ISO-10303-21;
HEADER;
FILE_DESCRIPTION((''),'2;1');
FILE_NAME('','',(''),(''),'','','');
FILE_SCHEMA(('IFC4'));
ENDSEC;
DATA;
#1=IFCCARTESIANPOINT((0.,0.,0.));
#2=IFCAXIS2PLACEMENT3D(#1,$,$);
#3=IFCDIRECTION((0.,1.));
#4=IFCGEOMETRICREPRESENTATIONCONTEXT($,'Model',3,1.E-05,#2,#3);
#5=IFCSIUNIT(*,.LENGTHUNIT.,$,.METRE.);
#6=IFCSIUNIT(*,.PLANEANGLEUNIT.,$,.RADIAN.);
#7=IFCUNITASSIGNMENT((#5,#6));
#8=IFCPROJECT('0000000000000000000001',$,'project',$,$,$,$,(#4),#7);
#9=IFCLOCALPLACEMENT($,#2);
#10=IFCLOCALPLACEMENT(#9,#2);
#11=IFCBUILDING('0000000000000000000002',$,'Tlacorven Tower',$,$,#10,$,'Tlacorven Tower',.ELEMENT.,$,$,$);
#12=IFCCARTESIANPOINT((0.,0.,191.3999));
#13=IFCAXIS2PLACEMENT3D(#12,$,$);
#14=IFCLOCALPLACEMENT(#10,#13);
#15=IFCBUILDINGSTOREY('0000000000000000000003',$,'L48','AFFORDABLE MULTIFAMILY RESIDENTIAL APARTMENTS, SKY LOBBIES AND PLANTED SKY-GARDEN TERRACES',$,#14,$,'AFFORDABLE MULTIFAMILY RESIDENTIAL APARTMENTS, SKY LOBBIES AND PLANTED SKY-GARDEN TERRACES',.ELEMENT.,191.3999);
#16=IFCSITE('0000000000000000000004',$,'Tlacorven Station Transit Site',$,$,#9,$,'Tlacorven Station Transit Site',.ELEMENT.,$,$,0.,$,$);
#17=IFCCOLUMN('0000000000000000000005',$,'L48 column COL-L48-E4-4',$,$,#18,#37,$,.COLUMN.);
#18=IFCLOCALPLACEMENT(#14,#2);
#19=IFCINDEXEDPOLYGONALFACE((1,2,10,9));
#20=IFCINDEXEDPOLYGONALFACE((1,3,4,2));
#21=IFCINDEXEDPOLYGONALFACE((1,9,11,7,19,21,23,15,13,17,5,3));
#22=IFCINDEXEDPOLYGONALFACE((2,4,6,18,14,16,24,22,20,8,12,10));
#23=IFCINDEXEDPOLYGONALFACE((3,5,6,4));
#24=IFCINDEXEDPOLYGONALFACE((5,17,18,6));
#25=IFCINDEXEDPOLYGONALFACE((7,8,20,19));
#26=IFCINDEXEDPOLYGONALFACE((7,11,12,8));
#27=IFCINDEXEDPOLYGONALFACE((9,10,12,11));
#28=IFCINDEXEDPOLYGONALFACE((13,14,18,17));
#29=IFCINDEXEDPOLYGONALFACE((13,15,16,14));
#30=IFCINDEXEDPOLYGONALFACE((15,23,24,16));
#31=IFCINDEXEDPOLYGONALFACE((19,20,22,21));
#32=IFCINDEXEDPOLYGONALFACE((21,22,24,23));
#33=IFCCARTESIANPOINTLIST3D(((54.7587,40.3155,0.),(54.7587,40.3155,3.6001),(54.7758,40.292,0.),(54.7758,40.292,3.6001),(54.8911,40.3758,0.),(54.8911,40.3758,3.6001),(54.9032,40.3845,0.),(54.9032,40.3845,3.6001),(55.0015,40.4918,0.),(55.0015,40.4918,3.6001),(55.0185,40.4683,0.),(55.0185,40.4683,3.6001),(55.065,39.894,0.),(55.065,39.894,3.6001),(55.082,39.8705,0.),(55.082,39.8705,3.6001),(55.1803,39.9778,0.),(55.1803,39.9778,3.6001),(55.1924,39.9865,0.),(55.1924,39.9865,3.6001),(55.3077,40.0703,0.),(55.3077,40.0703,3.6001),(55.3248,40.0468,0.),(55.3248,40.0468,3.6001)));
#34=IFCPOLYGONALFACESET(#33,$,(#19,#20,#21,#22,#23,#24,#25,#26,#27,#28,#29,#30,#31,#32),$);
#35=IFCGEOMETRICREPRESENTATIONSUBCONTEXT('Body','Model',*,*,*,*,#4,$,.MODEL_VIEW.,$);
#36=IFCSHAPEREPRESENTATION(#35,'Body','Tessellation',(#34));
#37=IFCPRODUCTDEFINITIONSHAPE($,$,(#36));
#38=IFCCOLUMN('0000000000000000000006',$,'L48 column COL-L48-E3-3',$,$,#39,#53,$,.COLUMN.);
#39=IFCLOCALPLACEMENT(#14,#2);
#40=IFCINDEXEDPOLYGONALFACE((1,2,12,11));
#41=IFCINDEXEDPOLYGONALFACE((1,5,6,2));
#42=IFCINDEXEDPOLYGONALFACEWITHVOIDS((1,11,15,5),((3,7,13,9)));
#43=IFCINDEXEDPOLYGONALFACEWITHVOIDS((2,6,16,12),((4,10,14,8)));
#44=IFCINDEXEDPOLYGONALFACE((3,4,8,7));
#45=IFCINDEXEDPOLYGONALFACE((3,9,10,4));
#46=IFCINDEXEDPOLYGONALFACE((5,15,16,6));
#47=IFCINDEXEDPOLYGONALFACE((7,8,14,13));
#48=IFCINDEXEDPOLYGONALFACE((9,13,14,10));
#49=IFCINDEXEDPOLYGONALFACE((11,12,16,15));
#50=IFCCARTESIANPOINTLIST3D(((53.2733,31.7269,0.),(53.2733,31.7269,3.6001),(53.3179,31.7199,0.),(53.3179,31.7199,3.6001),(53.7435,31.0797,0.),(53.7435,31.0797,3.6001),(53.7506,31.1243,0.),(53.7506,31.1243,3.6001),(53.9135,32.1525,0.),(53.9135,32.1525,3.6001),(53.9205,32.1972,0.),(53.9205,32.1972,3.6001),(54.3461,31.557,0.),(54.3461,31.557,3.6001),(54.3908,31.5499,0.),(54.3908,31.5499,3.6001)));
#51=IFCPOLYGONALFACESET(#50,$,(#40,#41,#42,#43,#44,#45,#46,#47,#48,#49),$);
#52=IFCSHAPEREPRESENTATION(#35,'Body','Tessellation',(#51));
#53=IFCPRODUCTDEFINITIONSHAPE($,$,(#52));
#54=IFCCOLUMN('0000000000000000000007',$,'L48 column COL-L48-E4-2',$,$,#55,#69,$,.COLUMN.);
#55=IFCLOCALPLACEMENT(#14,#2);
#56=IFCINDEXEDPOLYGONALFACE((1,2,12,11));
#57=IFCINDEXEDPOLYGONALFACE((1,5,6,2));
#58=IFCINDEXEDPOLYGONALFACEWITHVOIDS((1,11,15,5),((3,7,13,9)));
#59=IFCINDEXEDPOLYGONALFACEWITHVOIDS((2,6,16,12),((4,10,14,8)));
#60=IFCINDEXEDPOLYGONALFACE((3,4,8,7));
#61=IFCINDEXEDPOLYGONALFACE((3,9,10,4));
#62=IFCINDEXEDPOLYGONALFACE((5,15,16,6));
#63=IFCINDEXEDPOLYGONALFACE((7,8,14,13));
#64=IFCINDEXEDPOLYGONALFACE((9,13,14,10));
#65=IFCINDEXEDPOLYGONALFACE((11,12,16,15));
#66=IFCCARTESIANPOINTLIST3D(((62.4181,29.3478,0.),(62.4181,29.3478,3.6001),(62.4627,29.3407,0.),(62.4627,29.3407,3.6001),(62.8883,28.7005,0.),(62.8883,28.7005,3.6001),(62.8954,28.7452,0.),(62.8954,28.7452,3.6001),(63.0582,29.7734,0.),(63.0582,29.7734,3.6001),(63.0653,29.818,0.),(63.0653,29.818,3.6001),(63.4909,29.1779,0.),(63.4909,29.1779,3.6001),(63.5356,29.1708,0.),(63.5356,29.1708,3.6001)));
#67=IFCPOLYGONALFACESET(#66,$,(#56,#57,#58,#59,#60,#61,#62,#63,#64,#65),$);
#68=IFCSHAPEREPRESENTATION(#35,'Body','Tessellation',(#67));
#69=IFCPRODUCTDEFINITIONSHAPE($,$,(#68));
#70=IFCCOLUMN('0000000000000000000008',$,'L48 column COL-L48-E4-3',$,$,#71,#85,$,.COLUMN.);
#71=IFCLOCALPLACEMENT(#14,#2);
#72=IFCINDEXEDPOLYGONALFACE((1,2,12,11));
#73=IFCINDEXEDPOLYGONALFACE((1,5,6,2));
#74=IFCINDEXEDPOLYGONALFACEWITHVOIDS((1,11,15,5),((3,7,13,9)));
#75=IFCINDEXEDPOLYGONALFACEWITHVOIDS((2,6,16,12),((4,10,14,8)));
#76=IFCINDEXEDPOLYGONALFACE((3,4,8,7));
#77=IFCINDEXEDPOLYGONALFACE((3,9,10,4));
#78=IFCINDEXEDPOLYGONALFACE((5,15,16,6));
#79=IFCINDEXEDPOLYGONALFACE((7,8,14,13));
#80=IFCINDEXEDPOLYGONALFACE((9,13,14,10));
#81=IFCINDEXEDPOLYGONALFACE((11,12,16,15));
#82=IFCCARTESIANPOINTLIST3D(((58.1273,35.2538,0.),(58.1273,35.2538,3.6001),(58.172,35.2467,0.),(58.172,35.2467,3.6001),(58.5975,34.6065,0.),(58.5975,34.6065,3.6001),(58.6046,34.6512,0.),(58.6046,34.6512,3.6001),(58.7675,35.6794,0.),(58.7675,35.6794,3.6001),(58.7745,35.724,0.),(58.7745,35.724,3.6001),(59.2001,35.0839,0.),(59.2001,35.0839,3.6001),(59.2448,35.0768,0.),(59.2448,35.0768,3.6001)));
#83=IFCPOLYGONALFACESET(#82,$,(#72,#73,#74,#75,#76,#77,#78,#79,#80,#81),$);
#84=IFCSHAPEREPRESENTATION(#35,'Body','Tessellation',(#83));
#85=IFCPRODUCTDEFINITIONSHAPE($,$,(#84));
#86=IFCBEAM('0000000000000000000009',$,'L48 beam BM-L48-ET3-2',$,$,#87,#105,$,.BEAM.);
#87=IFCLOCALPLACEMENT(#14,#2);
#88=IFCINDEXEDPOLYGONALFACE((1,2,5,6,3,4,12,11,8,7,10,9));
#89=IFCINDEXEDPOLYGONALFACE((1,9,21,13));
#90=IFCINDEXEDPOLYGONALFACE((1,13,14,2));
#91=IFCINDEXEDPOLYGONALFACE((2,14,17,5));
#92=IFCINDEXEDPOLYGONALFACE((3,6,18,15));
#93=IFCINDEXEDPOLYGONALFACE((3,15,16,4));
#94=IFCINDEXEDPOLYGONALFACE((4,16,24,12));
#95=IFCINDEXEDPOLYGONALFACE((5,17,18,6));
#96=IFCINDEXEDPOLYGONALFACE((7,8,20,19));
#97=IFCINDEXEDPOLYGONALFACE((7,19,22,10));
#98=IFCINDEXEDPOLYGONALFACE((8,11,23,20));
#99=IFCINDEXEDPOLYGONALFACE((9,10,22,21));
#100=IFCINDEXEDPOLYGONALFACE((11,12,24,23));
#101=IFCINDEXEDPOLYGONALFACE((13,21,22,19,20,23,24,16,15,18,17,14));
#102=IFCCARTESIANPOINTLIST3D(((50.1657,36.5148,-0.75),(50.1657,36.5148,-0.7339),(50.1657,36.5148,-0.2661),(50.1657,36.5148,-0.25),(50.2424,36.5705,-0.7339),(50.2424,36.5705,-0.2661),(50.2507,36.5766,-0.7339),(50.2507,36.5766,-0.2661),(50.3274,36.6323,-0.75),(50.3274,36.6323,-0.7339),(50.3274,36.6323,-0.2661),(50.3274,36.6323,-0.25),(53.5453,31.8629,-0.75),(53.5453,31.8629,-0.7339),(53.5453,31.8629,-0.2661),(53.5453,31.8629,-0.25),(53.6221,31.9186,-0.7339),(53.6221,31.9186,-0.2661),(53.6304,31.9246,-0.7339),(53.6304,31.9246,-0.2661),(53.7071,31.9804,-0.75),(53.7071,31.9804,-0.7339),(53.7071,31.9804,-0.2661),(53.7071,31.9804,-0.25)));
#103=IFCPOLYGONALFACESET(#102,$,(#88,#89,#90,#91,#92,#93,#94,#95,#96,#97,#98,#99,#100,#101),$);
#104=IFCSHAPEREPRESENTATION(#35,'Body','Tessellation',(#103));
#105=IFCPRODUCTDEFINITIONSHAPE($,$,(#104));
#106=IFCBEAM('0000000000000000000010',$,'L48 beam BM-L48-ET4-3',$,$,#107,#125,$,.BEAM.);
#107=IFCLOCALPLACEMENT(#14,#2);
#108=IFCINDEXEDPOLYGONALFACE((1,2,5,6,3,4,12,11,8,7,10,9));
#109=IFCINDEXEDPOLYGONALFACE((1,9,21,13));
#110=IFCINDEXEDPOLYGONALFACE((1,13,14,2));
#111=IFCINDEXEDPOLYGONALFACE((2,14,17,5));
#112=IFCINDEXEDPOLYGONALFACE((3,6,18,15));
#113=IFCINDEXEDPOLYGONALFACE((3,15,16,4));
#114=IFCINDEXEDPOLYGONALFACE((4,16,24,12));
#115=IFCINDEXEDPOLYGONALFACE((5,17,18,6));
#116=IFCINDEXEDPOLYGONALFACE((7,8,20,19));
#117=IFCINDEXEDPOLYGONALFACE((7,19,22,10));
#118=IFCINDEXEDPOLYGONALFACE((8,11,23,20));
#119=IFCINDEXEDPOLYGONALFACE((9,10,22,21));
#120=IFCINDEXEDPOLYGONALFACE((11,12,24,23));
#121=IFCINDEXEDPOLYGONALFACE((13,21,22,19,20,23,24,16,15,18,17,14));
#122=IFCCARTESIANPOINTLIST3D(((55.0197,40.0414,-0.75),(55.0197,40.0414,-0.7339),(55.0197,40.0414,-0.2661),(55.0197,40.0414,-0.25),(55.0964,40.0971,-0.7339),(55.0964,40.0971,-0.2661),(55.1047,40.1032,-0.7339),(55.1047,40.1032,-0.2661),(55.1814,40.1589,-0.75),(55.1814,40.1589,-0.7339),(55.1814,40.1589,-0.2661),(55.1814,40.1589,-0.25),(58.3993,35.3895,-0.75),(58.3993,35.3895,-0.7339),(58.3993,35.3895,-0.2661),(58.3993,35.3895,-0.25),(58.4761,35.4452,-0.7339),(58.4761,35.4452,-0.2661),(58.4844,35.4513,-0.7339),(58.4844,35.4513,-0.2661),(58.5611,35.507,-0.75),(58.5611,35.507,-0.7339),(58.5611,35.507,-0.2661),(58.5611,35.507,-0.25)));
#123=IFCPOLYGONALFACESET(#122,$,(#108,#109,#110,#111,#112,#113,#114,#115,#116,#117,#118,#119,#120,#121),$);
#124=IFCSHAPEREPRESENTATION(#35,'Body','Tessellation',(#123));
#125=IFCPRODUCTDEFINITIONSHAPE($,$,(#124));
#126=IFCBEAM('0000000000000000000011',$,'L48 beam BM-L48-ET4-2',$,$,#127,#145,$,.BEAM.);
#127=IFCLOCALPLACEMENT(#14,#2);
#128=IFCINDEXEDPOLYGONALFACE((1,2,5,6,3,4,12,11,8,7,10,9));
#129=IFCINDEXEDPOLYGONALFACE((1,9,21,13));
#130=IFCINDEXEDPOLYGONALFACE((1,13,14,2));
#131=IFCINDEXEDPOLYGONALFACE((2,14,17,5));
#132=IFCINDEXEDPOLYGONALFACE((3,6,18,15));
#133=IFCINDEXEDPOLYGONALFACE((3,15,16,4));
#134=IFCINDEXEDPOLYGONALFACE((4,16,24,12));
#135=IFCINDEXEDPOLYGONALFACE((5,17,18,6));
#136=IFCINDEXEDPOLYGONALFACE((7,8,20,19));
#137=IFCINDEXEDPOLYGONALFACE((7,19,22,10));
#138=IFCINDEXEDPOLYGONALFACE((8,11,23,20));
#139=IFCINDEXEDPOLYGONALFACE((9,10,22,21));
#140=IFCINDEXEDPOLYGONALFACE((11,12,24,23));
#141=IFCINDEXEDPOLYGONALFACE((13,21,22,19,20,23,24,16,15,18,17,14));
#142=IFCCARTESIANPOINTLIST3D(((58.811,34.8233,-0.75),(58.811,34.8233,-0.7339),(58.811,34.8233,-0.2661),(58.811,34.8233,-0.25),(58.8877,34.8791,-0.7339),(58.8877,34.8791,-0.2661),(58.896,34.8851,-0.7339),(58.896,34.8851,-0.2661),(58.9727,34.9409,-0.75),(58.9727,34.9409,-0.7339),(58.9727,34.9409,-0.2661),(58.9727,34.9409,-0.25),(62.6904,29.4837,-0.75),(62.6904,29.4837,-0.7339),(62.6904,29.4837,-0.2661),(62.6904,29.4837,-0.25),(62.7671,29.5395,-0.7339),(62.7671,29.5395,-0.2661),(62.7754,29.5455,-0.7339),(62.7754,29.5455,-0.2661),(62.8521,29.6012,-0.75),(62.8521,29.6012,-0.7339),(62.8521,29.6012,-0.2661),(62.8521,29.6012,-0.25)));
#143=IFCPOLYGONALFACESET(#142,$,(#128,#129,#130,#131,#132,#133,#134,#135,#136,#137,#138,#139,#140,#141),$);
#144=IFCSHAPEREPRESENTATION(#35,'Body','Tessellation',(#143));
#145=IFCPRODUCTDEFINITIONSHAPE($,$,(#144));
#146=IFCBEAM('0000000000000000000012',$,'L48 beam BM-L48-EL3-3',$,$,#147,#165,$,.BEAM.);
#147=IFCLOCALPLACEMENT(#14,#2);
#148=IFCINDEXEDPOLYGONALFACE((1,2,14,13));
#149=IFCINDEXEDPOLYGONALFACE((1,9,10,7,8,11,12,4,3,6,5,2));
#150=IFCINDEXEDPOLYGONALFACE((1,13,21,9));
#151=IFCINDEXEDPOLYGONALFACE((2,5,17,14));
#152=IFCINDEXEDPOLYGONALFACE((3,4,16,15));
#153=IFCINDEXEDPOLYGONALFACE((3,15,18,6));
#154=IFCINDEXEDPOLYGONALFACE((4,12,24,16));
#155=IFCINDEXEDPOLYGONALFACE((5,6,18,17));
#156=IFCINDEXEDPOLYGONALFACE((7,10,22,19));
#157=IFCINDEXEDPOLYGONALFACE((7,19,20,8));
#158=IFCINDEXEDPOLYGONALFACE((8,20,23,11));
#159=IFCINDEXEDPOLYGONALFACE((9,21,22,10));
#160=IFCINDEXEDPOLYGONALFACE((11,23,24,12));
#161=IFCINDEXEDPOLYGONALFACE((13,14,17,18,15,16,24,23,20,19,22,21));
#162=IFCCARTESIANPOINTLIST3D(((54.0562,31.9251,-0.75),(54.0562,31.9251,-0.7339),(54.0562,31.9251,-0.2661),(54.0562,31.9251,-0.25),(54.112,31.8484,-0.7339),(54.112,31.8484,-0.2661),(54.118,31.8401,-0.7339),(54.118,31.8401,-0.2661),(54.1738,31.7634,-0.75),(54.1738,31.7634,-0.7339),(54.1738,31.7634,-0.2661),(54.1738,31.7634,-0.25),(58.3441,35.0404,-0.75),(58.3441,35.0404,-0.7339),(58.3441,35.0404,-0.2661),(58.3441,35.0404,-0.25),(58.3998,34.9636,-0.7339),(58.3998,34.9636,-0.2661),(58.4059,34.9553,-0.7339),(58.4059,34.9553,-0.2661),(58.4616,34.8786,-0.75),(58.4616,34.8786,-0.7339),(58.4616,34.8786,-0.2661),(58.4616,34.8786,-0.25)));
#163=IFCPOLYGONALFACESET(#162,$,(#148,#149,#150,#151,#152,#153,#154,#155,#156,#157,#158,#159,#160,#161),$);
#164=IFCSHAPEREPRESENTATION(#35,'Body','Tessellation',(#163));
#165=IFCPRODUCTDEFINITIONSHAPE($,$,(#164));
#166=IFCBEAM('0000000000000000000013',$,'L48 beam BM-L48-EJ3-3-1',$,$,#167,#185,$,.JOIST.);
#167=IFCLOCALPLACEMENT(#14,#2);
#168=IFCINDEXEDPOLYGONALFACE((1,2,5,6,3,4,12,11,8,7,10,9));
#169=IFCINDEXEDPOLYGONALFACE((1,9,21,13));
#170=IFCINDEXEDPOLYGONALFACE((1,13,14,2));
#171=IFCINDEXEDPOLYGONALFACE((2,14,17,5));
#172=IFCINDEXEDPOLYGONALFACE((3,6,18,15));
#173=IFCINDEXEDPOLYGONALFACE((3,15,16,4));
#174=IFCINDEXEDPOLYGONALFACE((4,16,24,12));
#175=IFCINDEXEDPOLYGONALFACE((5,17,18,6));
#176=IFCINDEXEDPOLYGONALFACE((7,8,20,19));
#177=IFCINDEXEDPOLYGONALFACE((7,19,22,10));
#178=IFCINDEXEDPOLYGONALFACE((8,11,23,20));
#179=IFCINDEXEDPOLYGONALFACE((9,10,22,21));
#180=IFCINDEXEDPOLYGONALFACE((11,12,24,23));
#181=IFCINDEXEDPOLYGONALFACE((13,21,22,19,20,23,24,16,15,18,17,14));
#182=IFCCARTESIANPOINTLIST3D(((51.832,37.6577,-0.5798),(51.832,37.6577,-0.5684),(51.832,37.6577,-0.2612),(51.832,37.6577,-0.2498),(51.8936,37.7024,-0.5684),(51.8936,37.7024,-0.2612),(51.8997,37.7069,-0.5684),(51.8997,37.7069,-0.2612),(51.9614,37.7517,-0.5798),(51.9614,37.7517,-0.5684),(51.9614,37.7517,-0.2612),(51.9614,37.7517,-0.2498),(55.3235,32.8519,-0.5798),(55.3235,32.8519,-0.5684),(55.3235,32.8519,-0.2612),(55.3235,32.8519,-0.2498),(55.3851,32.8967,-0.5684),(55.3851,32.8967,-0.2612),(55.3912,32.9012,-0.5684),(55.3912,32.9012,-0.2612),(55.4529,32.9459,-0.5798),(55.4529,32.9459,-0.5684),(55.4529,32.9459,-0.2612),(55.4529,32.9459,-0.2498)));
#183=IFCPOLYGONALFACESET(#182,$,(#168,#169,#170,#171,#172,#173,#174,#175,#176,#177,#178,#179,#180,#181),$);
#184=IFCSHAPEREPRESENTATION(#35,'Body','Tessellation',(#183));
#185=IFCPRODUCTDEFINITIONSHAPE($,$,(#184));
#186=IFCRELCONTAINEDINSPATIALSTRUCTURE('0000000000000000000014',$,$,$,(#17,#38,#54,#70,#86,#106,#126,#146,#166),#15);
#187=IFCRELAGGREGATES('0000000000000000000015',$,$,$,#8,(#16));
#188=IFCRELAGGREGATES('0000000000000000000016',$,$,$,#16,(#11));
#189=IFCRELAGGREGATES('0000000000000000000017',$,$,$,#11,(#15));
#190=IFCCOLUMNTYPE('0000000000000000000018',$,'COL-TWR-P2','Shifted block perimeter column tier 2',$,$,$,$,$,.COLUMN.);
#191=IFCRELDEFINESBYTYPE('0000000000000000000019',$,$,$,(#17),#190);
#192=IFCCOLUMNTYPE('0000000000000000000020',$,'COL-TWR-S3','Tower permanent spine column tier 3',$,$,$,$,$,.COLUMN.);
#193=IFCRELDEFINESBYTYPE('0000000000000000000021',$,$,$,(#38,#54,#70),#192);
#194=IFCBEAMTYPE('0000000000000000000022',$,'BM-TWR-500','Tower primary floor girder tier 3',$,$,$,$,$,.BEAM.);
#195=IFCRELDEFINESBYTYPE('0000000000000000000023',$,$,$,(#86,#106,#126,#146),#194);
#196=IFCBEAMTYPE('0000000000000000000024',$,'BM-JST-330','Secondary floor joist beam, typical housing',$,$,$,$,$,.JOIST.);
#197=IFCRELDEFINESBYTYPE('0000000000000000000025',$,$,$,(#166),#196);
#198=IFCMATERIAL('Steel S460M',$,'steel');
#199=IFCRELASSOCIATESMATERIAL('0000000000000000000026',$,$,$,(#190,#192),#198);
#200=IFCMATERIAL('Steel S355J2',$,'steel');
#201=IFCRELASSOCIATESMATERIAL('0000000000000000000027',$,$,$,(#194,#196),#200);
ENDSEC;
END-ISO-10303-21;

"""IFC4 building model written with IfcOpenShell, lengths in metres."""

from ifc_helpers import new_model, si_unit, direction, frame, origin, origin_2d, place, context, subcontext, project, spatial, hollow_rectangle, i_section, extrude, source, transform, mapped, material, material_profile, profile_set, type_object, element, save


model = new_model("IFC4")

# Units and contexts
model_context = context("Model", 3, precision=1e-05, world=origin(), true_north=direction((0.0, 1.0)))
body_context = subcontext(model_context, "Body", "Model", "MODEL_VIEW")
ifc_project = project(units=[si_unit("LENGTHUNIT", "METRE"), si_unit("PLANEANGLEUNIT", "RADIAN")], contexts=[model_context])

# Site, building, storey
site_placement = place(None, origin())
site = spatial("IfcSite", under=ifc_project, at=site_placement, Name="Tlacorven Station Transit Site", LongName="Tlacorven Station Transit Site", CompositionType="ELEMENT", RefElevation=0.0)
building_placement = place(site_placement, origin())
building = spatial("IfcBuilding", under=site, at=building_placement, Name="Tlacorven Tower", LongName="Tlacorven Tower", CompositionType="ELEMENT")
storey_placement = place(building_placement, frame((0.0, 0.0, 191.3999)))
storey = spatial("IfcBuildingStorey", under=building, at=storey_placement, Name="L48", Description="AFFORDABLE MULTIFAMILY RESIDENTIAL APARTMENTS, SKY LOBBIES AND PLANTED SKY-GARDEN TERRACES", LongName="AFFORDABLE MULTIFAMILY RESIDENTIAL APARTMENTS, SKY LOBBIES AND PLANTED SKY-GARDEN TERRACES", CompositionType="ELEMENT", Elevation=191.3999)

# Columns
ifc_material_1 = material(Name="Steel S460M", Category="steel")
ifc_material_profile_1 = material_profile(ifc_material_1, i_section(OverallWidth=0.3, OverallDepth=0.55, WebThickness=0.0149, FlangeThickness=0.0291, at=origin_2d()), Name="HEB 550")
ifc_profile_set_1 = profile_set([ifc_material_profile_1], Name="Steel S460M")
column_type_1 = type_object("IfcColumnType", Name="COL-TWR-P2", Description="Shifted block perimeter column tier 2", PredefinedType="COLUMN", material=ifc_profile_set_1)
shared_shape_1 = source(origin(), body_context, "Body", "SweptSolid", [
    extrude(i_section(OverallWidth=0.3, OverallDepth=0.55, WebThickness=0.0149, FlangeThickness=0.0291, at=origin_2d()), origin(), (0.0, 0.0, 1.0), 3.6001),
])
column_placement = place(storey_placement, frame((55.0417, 40.1812, 0.0), z_axis=(0.0, 0.0, 1.0), x_axis=(0.809017, 0.587785, 0.0)))
element("IfcColumn", 1, at=column_placement, inside=storey, type_object=column_type_1, Name="L48 column COL-L48-E4-4", PredefinedType="COLUMN", context=body_context, shape_type="MappedRepresentation", body=[
    mapped(shared_shape_1, transform((0.0, 0.0, 0.0), scale=1.0)),
])
ifc_material_profile_2 = material_profile(ifc_material_1, hollow_rectangle(XDim=0.8, YDim=0.8, WallThickness=0.032, at=origin_2d()), Name="BOX 800X800X32")
ifc_profile_set_2 = profile_set([ifc_material_profile_2], Name="Steel S460M")
column_type_2 = type_object("IfcColumnType", Name="COL-TWR-S3", Description="Tower permanent spine column tier 3", PredefinedType="COLUMN", material=ifc_profile_set_2)
shared_shape_2 = source(origin(), body_context, "Body", "SweptSolid", [
    extrude(hollow_rectangle(XDim=0.8, YDim=0.8, WallThickness=0.032, at=origin_2d()), origin(), (0.0, 0.0, 1.0), 3.6001),
])
for number, where, z_axis, x_axis, name in (
    (2, (53.832, 31.6384, 0.0), (0.0, 0.0, 1.0), (0.809017, 0.587785, 0.0), "L48 column COL-L48-E3-3"),
    (3, (62.9768, 29.2593, 0.0), (0.0, 0.0, 1.0), (0.809017, 0.587785, 0.0), "L48 column COL-L48-E4-2"),
    (4, (58.686, 35.1653, 0.0), (0.0, 0.0, 1.0), (0.809017, 0.587785, 0.0), "L48 column COL-L48-E4-3"),
):
    element("IfcColumn", number, at=place(storey_placement, frame(where, z_axis=z_axis, x_axis=x_axis)), inside=storey, type_object=column_type_2, Name=name, PredefinedType="COLUMN", context=body_context, shape_type="MappedRepresentation", body=[
        mapped(shared_shape_2, transform((0.0, 0.0, 0.0), scale=1.0)),
    ])

# Beams
ifc_material_2 = material(Name="Steel S355J2", Category="steel")
ifc_material_profile_3 = material_profile(ifc_material_2, i_section(OverallWidth=0.2, OverallDepth=0.5, WebThickness=0.0103, FlangeThickness=0.0161, at=origin_2d()), Name="IPE 500")
ifc_profile_set_3 = profile_set([ifc_material_profile_3], Name="Steel S355J2")
beam_type_1 = type_object("IfcBeamType", Name="BM-TWR-500", Description="Tower primary floor girder tier 3", PredefinedType="BEAM", material=ifc_profile_set_3)
shared_shape_3 = source(origin(), body_context, "Body", "SweptSolid", [
    extrude(i_section(OverallWidth=0.2, OverallDepth=0.5, WebThickness=0.0103, FlangeThickness=0.0161, at=origin_2d()), origin(), (0.0, 0.0, 1.0), 5.75),
])
for number, where, z_axis, x_axis, name in (
    (5, (53.6262, 31.9216, -0.5), (-0.58777, 0.809028, 0.0), (-0.809028, -0.58777, 0.0), "L48 beam BM-L48-ET3-2"),
    (6, (58.4802, 35.4482, -0.5), (-0.58777, 0.809028, 0.0), (-0.809028, -0.58777, 0.0), "L48 beam BM-L48-ET4-3"),
):
    element("IfcBeam", number, at=place(storey_placement, frame(where, z_axis=z_axis, x_axis=x_axis)), inside=storey, type_object=beam_type_1, Name=name, PredefinedType="BEAM", context=body_context, shape_type="MappedRepresentation", body=[
        mapped(shared_shape_3, transform((0.0, 0.0, 0.0), scale=1.0)),
    ])
shared_shape_4 = source(origin(), body_context, "Body", "SweptSolid", [
    extrude(i_section(OverallWidth=0.2, OverallDepth=0.5, WebThickness=0.0103, FlangeThickness=0.0161, at=origin_2d()), origin(), (0.0, 0.0, 1.0), 6.6001),
])
beam_1_placement = place(storey_placement, frame((62.7712, 29.5425, -0.5), z_axis=(-0.58778, 0.809021, 0.0), x_axis=(-0.809021, -0.58778, 0.0)))
element("IfcBeam", 7, at=beam_1_placement, inside=storey, type_object=beam_type_1, Name="L48 beam BM-L48-ET4-2", PredefinedType="BEAM", context=body_context, shape_type="MappedRepresentation", body=[
    mapped(shared_shape_4, transform((0.0, 0.0, 0.0), scale=1.0)),
])
shared_shape_5 = source(origin(), body_context, "Body", "SweptSolid", [
    extrude(i_section(OverallWidth=0.2, OverallDepth=0.5, WebThickness=0.0103, FlangeThickness=0.0161, at=origin_2d()), origin(), (0.0, 0.0, 1.0), 5.3),
])
beam_2_placement = place(storey_placement, frame((54.115, 31.8442, -0.5), z_axis=(0.809023, 0.587777, 0.0), x_axis=(-0.587777, 0.809023, 0.0)))
element("IfcBeam", 8, at=beam_2_placement, inside=storey, type_object=beam_type_1, Name="L48 beam BM-L48-EL3-3", PredefinedType="BEAM", context=body_context, shape_type="MappedRepresentation", body=[
    mapped(shared_shape_5, transform((0.0, 0.0, 0.0), scale=1.0)),
])
ifc_material_profile_4 = material_profile(ifc_material_2, i_section(OverallWidth=0.1599, OverallDepth=0.3301, WebThickness=0.0076, FlangeThickness=0.0115, at=origin_2d()), Name="IPE 330")
ifc_profile_set_4 = profile_set([ifc_material_profile_4], Name="Steel S355J2")
beam_type_2 = type_object("IfcBeamType", Name="BM-JST-330", Description="Secondary floor joist beam, typical housing", PredefinedType="JOIST", material=ifc_profile_set_4)
shared_shape_6 = source(origin(), body_context, "Body", "SweptSolid", [
    extrude(i_section(OverallWidth=0.1599, OverallDepth=0.3301, WebThickness=0.0076, FlangeThickness=0.0115, at=origin_2d()), origin(), (0.0, 0.0, 1.0), 5.9402),
])
for number, where, z_axis, x_axis, name in (
    (9, (55.3882, 32.8989, -0.4148), (-0.587778, 0.809022, 0.0), (-0.809022, -0.587778, 0.0), "L48 beam BM-L48-EJ3-3-1"),
):
    element("IfcBeam", number, at=place(storey_placement, frame(where, z_axis=z_axis, x_axis=x_axis)), inside=storey, type_object=beam_type_2, Name=name, PredefinedType="JOIST", context=body_context, shape_type="MappedRepresentation", body=[
        mapped(shared_shape_6, transform((0.0, 0.0, 0.0), scale=1.0)),
    ])

save(model, "model.ifc")
